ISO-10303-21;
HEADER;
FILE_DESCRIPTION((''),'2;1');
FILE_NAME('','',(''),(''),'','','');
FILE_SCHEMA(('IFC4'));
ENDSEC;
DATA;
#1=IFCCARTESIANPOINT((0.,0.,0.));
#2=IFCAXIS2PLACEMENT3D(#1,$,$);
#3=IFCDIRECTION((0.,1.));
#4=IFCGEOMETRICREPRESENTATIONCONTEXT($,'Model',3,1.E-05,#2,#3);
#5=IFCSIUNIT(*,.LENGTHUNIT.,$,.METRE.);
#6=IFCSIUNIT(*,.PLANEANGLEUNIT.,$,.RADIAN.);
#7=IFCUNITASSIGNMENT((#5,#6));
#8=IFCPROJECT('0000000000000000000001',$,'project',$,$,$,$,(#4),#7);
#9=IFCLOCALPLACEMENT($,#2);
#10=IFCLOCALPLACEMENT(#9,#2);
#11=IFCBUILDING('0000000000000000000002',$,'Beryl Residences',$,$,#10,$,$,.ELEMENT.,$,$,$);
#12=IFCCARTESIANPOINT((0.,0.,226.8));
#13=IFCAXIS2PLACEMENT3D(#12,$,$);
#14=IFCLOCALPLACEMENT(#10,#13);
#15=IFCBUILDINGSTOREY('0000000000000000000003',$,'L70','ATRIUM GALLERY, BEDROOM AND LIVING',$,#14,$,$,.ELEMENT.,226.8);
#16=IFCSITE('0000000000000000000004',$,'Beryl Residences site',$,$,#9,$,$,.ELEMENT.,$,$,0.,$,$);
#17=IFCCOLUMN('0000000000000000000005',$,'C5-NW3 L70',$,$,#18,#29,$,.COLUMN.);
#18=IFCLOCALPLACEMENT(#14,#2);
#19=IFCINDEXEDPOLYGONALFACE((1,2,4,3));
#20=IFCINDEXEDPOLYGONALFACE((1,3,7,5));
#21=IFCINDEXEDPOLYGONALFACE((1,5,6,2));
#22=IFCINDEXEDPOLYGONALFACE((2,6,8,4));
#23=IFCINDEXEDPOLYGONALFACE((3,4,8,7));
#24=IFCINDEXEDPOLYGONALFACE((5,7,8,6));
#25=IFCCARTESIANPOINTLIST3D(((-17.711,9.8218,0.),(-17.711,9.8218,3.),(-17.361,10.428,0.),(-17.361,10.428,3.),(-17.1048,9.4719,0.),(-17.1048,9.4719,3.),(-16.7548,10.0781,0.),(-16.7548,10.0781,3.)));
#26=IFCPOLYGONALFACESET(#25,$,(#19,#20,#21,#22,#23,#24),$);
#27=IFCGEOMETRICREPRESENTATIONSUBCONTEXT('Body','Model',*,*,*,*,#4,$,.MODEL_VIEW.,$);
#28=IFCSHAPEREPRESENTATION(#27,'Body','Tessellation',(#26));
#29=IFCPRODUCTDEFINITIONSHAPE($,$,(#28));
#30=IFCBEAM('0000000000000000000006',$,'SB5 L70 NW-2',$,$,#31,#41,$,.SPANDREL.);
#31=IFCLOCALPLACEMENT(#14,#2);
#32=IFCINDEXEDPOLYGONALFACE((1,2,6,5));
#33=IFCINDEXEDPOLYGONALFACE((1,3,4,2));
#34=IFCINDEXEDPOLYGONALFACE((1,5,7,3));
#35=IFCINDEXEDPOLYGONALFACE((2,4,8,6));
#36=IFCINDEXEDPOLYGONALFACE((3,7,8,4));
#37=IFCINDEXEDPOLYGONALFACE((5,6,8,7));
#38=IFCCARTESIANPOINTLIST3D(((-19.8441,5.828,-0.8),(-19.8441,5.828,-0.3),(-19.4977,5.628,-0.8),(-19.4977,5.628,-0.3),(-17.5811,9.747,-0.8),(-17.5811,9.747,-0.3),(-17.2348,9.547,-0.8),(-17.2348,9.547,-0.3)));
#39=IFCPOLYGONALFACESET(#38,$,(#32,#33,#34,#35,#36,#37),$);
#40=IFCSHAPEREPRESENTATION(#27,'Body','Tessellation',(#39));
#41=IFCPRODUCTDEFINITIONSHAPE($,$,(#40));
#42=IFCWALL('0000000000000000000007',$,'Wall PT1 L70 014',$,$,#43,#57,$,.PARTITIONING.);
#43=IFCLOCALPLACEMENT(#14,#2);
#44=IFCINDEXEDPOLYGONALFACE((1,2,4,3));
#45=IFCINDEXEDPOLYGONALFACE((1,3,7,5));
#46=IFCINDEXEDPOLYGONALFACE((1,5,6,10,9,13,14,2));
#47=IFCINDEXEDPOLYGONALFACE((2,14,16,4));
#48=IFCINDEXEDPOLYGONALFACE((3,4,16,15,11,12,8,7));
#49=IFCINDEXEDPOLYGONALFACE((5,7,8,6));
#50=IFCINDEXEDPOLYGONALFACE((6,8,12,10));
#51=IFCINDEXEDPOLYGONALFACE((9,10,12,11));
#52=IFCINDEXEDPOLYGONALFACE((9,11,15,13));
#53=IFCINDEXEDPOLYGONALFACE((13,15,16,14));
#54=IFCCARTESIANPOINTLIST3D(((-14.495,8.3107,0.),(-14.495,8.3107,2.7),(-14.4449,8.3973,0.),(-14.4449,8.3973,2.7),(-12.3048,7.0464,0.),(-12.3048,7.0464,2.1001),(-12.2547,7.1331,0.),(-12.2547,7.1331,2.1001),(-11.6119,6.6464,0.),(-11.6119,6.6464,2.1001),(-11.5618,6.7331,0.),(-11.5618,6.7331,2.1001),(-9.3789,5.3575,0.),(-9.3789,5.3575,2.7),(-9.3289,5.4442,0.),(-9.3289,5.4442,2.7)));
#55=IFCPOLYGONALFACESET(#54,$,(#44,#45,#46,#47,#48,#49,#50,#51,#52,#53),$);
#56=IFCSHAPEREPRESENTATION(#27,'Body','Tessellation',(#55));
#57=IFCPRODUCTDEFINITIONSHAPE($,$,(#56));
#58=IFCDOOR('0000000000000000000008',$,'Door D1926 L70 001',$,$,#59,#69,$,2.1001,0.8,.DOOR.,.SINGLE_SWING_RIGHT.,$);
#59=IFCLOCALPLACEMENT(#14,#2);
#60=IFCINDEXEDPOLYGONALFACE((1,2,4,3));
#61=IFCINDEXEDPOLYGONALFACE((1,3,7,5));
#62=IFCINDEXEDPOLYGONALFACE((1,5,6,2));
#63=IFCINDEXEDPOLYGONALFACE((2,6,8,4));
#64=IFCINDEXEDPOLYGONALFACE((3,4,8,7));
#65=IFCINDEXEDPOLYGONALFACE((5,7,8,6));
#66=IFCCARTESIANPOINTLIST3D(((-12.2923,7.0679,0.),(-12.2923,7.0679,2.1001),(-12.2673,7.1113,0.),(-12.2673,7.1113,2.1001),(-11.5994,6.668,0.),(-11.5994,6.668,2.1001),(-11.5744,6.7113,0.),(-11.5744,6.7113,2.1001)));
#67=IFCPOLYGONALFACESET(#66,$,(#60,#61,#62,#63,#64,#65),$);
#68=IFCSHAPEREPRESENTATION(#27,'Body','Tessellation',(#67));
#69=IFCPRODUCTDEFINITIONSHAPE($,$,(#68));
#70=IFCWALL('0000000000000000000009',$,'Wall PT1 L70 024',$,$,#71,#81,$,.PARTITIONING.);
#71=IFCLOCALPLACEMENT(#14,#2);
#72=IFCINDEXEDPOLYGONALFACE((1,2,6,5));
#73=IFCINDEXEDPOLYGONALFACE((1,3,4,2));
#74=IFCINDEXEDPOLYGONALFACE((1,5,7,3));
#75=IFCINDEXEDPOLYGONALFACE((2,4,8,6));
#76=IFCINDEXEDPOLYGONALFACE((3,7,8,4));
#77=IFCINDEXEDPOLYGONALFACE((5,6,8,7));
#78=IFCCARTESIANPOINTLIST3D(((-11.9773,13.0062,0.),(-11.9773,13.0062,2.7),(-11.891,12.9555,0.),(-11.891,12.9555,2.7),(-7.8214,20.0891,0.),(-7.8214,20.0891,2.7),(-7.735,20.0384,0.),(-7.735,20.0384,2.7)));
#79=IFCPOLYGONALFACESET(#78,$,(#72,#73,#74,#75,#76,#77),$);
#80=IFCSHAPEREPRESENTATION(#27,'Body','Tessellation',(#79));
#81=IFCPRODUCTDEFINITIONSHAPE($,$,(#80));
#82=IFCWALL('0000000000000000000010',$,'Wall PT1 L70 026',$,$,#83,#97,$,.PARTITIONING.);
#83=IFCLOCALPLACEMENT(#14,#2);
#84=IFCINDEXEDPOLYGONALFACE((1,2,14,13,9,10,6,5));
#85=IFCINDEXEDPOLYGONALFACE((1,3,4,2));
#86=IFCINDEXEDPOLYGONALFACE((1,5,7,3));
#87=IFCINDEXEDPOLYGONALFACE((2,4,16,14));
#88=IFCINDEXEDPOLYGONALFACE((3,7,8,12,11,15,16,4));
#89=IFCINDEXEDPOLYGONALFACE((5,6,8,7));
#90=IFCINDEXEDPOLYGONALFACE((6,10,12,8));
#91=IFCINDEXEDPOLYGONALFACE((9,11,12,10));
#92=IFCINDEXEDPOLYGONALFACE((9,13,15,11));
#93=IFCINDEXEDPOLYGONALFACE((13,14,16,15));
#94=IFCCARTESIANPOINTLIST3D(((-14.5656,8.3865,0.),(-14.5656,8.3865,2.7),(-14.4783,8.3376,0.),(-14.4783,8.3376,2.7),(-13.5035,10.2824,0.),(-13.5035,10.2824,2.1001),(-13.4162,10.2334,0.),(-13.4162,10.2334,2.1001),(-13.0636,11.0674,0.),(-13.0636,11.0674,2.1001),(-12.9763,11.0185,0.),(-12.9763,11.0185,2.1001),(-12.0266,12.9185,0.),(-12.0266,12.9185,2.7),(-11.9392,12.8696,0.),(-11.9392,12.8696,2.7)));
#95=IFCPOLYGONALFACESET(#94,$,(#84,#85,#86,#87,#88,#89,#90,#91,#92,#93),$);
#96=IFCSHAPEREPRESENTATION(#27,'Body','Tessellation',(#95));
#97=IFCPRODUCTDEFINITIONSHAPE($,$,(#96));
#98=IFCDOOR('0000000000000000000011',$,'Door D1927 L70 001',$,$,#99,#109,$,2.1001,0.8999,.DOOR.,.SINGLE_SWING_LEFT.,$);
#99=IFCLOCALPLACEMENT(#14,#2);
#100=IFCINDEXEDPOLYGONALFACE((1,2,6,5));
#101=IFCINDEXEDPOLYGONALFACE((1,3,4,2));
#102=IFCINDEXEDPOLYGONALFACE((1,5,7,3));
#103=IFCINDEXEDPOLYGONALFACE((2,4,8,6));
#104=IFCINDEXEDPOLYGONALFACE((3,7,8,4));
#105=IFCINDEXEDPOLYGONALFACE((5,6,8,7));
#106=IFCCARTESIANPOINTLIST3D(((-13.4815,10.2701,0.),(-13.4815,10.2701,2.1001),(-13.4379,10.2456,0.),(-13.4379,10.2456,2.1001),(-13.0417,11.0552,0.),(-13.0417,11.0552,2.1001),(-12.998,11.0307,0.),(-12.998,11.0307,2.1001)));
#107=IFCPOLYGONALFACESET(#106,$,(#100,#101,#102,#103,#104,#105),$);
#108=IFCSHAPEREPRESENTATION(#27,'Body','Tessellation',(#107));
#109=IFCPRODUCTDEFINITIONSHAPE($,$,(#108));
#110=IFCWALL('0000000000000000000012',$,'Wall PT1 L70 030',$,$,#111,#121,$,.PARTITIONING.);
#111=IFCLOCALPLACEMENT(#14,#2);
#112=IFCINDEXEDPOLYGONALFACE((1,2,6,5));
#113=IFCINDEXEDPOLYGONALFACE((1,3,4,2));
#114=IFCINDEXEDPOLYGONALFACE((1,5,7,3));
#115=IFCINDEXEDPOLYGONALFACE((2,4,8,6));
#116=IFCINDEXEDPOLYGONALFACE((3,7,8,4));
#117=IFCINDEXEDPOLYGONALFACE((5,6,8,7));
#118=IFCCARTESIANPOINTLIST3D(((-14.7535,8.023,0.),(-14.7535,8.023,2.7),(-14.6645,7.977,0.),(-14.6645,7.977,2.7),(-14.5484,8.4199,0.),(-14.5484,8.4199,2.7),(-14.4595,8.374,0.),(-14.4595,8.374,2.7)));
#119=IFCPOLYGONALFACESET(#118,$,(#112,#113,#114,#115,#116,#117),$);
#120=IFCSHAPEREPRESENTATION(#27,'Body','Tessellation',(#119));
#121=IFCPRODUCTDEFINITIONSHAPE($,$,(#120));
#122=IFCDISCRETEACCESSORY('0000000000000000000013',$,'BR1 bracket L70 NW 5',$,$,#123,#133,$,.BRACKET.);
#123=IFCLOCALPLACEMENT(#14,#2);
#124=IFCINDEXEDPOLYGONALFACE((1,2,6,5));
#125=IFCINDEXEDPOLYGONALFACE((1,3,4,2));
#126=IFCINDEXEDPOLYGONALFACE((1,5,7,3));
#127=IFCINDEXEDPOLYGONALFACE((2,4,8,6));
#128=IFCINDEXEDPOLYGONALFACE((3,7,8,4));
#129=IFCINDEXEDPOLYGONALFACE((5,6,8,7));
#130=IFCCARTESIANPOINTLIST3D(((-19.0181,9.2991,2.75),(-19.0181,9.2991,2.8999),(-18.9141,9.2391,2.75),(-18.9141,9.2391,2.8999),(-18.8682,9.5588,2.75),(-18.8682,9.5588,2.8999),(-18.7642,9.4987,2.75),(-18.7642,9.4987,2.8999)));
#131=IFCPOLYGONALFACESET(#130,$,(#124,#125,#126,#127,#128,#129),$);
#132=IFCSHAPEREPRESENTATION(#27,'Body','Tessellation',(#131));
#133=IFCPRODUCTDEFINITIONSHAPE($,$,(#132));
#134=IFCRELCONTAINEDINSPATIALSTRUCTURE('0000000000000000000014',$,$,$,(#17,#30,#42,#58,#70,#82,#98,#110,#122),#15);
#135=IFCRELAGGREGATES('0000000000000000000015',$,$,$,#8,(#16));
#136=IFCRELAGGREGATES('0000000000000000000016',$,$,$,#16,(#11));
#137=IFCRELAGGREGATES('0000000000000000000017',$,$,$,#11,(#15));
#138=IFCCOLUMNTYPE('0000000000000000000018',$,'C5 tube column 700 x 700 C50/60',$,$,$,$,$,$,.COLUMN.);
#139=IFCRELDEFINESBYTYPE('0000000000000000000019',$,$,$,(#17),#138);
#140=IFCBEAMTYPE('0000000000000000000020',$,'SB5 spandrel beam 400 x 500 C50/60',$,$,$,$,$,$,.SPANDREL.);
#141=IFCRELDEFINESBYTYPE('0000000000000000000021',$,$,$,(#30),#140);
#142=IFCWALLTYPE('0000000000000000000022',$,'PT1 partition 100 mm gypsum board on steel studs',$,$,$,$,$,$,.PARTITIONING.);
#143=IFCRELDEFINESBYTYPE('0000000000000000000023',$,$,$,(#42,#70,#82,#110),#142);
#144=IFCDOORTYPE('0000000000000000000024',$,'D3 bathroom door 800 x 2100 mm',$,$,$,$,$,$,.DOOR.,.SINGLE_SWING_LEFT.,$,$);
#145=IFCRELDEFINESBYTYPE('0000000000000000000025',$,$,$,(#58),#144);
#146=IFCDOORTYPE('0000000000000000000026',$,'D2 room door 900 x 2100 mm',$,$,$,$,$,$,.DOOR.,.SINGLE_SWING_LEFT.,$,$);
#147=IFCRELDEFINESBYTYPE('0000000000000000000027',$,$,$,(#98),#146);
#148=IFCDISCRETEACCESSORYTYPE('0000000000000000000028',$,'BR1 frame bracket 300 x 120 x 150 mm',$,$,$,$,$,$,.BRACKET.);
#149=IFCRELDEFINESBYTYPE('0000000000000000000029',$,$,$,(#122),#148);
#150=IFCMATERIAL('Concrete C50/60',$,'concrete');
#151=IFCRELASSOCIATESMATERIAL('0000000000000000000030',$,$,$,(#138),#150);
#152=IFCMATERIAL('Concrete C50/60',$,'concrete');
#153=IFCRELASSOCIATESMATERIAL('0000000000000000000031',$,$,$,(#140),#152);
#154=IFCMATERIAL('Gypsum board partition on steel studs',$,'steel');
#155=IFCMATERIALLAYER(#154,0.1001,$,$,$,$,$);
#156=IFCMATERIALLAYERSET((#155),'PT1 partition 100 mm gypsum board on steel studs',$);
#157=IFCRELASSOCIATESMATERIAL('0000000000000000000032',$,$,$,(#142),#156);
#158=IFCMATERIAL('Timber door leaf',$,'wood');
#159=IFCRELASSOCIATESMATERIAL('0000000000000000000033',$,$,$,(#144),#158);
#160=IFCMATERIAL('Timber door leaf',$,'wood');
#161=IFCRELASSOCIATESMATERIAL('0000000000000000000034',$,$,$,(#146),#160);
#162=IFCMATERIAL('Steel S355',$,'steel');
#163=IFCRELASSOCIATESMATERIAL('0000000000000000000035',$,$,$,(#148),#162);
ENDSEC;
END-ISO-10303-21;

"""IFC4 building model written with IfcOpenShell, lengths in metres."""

from ifc_helpers import new_model, si_unit, direction, frame, frame_2d, origin, origin_2d, place, context, subcontext, project, spatial, polyline, rectangle, outline, extrude, source, transform, mapped, material, layer, layer_set, material_profile, profile_set, type_object, type_shapes, element, fill, save


model = new_model("IFC4")

# Units and contexts
model_context = context("Model", 3, precision=1e-05, world=origin(), true_north=direction((0.0, 1.0)))
body_context = subcontext(model_context, "Body", "Model", "MODEL_VIEW")
ifc_project = project(units=[si_unit("LENGTHUNIT", "METRE"), si_unit("PLANEANGLEUNIT", "RADIAN")], contexts=[model_context])

# Site, building, storey
site_placement = place(None, origin())
site = spatial("IfcSite", under=ifc_project, at=site_placement, Name="Beryl Residences site", CompositionType="ELEMENT", RefElevation=0.0)
building_placement = place(site_placement, origin())
building = spatial("IfcBuilding", under=site, at=building_placement, Name="Beryl Residences", CompositionType="ELEMENT")
storey_placement = place(building_placement, frame((0.0, 0.0, 226.8)))
storey = spatial("IfcBuildingStorey", under=building, at=storey_placement, Name="L70", Description="ATRIUM GALLERY, BEDROOM AND LIVING", CompositionType="ELEMENT", Elevation=226.8)

# Column
ifc_material_1 = material(Name="Concrete C50/60", Category="concrete")
ifc_material_profile_1 = material_profile(ifc_material_1, rectangle(XDim=0.7, YDim=0.7, at=origin_2d()))
ifc_profile_set_1 = profile_set([ifc_material_profile_1], Name="Concrete C50/60")
column_type = type_object("IfcColumnType", Name="C5 tube column 700 x 700 C50/60", PredefinedType="COLUMN", material=ifc_profile_set_1)
column_placement = place(storey_placement, frame((-17.2329, 9.95, 0.0), z_axis=(0.0, 0.0, 1.0), x_axis=(-0.49997, -0.866043, 0.0)))
element("IfcColumn", 1, at=column_placement, inside=storey, type_object=column_type, Name="C5-NW3 L70", PredefinedType="COLUMN", context=body_context, shape_type="SweptSolid", body=[
    extrude(rectangle(XDim=0.7, YDim=0.7, at=origin_2d()), origin(), (0.0, 0.0, 1.0), 3.0),
])

# Beam
ifc_material_2 = material(Name="Concrete C50/60", Category="concrete")
ifc_material_profile_2 = material_profile(ifc_material_2, rectangle(XDim=0.3999, YDim=0.5, at=origin_2d()))
ifc_profile_set_2 = profile_set([ifc_material_profile_2], Name="Concrete C50/60")
beam_type = type_object("IfcBeamType", Name="SB5 spandrel beam 400 x 500 C50/60", PredefinedType="SPANDREL", material=ifc_profile_set_2)
beam_placement = place(storey_placement, frame((-17.408, 9.647, -0.55), z_axis=(-0.500056, -0.865993, 0.0), x_axis=(0.865993, -0.500056, 0.0)))
element("IfcBeam", 2, at=beam_placement, inside=storey, type_object=beam_type, Name="SB5 L70 NW-2", PredefinedType="SPANDREL", context=body_context, shape_type="SweptSolid", body=[
    extrude(rectangle(XDim=0.3999, YDim=0.5, at=origin_2d()), origin(), (0.0, 0.0, 1.0), 4.5254),
])

# Wall, opening, door
ifc_material_3 = material(Name="Gypsum board partition on steel studs", Category="steel")
ifc_layer = layer(ifc_material_3, 0.1001)
ifc_layer_set = layer_set([ifc_layer], Name="PT1 partition 100 mm gypsum board on steel studs")
wall_type = type_object("IfcWallType", Name="PT1 partition 100 mm gypsum board on steel studs", PredefinedType="PARTITIONING", material=ifc_layer_set)
wall_1_placement = place(storey_placement, frame((-14.47, 8.354, 0.0), z_axis=(0.0, 0.0, 1.0), x_axis=(0.866068, -0.499926, 0.0)))
wall_1 = element("IfcWall", 3, at=wall_1_placement, inside=storey, type_object=wall_type, Name="Wall PT1 L70 014", PredefinedType="PARTITIONING", context=body_context, shape_type="SweptSolid", body=[
    extrude(rectangle(XDim=5.9072, YDim=0.1001, at=frame_2d((2.9536, 0.0))), origin(), (0.0, 0.0, 1.0), 2.7),
])
opening_1_placement = place(wall_1_placement, frame((2.5291, 0.0, 0.0)))
opening_1 = element("IfcOpeningElement", 4, at=opening_1_placement, cuts=wall_1, PredefinedType="OPENING", context=body_context, shape_type="SweptSolid", body=[
    extrude(rectangle(XDim=0.8, YDim=2.1001, at=frame_2d((0.3999, 1.05))), frame((0.0, 0.0601, 0.0), z_axis=(0.0, -1.0, 0.0), x_axis=(1.0, 0.0, 0.0)), (0.0, 0.0, 1.0), 0.1201),
])
ifc_material_4 = material(Name="Timber door leaf", Category="wood")
door_type_1 = type_object("IfcDoorType", Name="D3 bathroom door 800 x 2100 mm", OperationType="SINGLE_SWING_LEFT", PredefinedType="DOOR", material=ifc_material_4)
door_1_placement = place(opening_1_placement, origin())
door_1 = element("IfcDoor", 5, at=door_1_placement, inside=storey, type_object=door_type_1, Name="Door D1926 L70 001", OperationType="SINGLE_SWING_RIGHT", OverallHeight=2.1001, OverallWidth=0.8, PredefinedType="DOOR", context=body_context, shape_type="SweptSolid", body=[
    extrude(rectangle(XDim=0.8, YDim=2.1001, at=frame_2d((0.3999, 1.05))), frame((0.0, 0.0249, 0.0), z_axis=(0.0, -1.0, 0.0), x_axis=(1.0, 0.0, 0.0)), (0.0, 0.0, 1.0), 0.05),
])
fill(opening_1, door_1)

# Wall
wall_2_placement = place(storey_placement, frame((-11.9341, 12.981, 0.0), z_axis=(0.0, 0.0, 1.0), x_axis=(0.506073, 0.862491, 0.0)))
element("IfcWall", 6, at=wall_2_placement, inside=storey, type_object=wall_type, Name="Wall PT1 L70 024", PredefinedType="PARTITIONING", context=body_context, shape_type="SweptSolid", body=[
    extrude(rectangle(XDim=8.2122, YDim=0.1001, at=frame_2d((4.106, 0.0))), origin(), (0.0, 0.0, 1.0), 2.7),
])

# Wall, opening, door
wall_3_placement = place(storey_placement, frame((-14.522, 8.3621, 0.0), z_axis=(0.0, 0.0, 1.0), x_axis=(0.488772, 0.872411, 0.0)))
wall_3 = element("IfcWall", 7, at=wall_3_placement, inside=storey, type_object=wall_type, Name="Wall PT1 L70 026", PredefinedType="PARTITIONING", context=body_context, shape_type="SweptSolid", body=[
    extrude(rectangle(XDim=5.1948, YDim=0.1001, at=frame_2d((2.5974, 0.0))), origin(), (0.0, 0.0, 1.0), 2.7),
])
opening_2_placement = place(wall_3_placement, frame((2.1731, 0.0, 0.0)))
opening_2 = element("IfcOpeningElement", 8, at=opening_2_placement, cuts=wall_3, PredefinedType="OPENING", context=body_context, shape_type="SweptSolid", body=[
    extrude(rectangle(XDim=0.8999, YDim=2.1001, at=frame_2d((0.45, 1.05))), frame((0.0, 0.0601, 0.0), z_axis=(0.0, -1.0, 0.0), x_axis=(1.0, 0.0, 0.0)), (0.0, 0.0, 1.0), 0.1201),
])
ifc_material_5 = material(Name="Timber door leaf", Category="wood")
door_type_2 = type_object("IfcDoorType", Name="D2 room door 900 x 2100 mm", OperationType="SINGLE_SWING_LEFT", PredefinedType="DOOR", material=ifc_material_5)
door_2_placement = place(opening_2_placement, origin())
door_2 = element("IfcDoor", 9, at=door_2_placement, inside=storey, type_object=door_type_2, Name="Door D1927 L70 001", OperationType="SINGLE_SWING_LEFT", OverallHeight=2.1001, OverallWidth=0.8999, PredefinedType="DOOR", context=body_context, shape_type="SweptSolid", body=[
    extrude(rectangle(XDim=0.8999, YDim=2.1001, at=frame_2d((0.45, 1.05))), frame((0.0, 0.0249, 0.0), z_axis=(0.0, -1.0, 0.0), x_axis=(1.0, 0.0, 0.0)), (0.0, 0.0, 1.0), 0.05),
])
fill(opening_2, door_2)

# Wall
wall_4_placement = place(storey_placement, frame((-14.709, 8.0, 0.0), z_axis=(0.0, 0.0, 1.0), x_axis=(0.458977, 0.888448, 0.0)))
element("IfcWall", 10, at=wall_4_placement, inside=storey, type_object=wall_type, Name="Wall PT1 L70 030", PredefinedType="PARTITIONING", context=body_context, shape_type="SweptSolid", body=[
    extrude(rectangle(XDim=0.4468, YDim=0.1001, at=frame_2d((0.2234, 0.0))), origin(), (0.0, 0.0, 1.0), 2.7),
])

# Discrete accessory
ifc_material_6 = material(Name="Steel S355", Category="steel")
discrete_accessory_type = type_object("IfcDiscreteAccessoryType", Name="BR1 frame bracket 300 x 120 x 150 mm", PredefinedType="BRACKET", material=ifc_material_6)
shared_shape_1 = source(origin(), body_context, "Body", "SweptSolid", [
    extrude(outline(polyline([(-0.1499, 0.0), (0.1499, 0.0), (0.1499, 0.1201), (-0.1499, 0.1201), (-0.1499, 0.0)])), origin(), (0.0, 0.0, 1.0), 0.1499),
])
type_shapes(discrete_accessory_type, [shared_shape_1])
discrete_accessory_placement = place(storey_placement, frame((-18.8391, 9.3689, 2.75), z_axis=(0.0, 0.0, 1.0), x_axis=(0.5, 0.866025, 0.0)))
element("IfcDiscreteAccessory", 11, at=discrete_accessory_placement, inside=storey, type_object=discrete_accessory_type, Name="BR1 bracket L70 NW 5", PredefinedType="BRACKET", context=body_context, shape_type="MappedRepresentation", body=[
    mapped(shared_shape_1, transform((0.0, 0.0, 0.0))),
])

save(model, "model.ifc")
